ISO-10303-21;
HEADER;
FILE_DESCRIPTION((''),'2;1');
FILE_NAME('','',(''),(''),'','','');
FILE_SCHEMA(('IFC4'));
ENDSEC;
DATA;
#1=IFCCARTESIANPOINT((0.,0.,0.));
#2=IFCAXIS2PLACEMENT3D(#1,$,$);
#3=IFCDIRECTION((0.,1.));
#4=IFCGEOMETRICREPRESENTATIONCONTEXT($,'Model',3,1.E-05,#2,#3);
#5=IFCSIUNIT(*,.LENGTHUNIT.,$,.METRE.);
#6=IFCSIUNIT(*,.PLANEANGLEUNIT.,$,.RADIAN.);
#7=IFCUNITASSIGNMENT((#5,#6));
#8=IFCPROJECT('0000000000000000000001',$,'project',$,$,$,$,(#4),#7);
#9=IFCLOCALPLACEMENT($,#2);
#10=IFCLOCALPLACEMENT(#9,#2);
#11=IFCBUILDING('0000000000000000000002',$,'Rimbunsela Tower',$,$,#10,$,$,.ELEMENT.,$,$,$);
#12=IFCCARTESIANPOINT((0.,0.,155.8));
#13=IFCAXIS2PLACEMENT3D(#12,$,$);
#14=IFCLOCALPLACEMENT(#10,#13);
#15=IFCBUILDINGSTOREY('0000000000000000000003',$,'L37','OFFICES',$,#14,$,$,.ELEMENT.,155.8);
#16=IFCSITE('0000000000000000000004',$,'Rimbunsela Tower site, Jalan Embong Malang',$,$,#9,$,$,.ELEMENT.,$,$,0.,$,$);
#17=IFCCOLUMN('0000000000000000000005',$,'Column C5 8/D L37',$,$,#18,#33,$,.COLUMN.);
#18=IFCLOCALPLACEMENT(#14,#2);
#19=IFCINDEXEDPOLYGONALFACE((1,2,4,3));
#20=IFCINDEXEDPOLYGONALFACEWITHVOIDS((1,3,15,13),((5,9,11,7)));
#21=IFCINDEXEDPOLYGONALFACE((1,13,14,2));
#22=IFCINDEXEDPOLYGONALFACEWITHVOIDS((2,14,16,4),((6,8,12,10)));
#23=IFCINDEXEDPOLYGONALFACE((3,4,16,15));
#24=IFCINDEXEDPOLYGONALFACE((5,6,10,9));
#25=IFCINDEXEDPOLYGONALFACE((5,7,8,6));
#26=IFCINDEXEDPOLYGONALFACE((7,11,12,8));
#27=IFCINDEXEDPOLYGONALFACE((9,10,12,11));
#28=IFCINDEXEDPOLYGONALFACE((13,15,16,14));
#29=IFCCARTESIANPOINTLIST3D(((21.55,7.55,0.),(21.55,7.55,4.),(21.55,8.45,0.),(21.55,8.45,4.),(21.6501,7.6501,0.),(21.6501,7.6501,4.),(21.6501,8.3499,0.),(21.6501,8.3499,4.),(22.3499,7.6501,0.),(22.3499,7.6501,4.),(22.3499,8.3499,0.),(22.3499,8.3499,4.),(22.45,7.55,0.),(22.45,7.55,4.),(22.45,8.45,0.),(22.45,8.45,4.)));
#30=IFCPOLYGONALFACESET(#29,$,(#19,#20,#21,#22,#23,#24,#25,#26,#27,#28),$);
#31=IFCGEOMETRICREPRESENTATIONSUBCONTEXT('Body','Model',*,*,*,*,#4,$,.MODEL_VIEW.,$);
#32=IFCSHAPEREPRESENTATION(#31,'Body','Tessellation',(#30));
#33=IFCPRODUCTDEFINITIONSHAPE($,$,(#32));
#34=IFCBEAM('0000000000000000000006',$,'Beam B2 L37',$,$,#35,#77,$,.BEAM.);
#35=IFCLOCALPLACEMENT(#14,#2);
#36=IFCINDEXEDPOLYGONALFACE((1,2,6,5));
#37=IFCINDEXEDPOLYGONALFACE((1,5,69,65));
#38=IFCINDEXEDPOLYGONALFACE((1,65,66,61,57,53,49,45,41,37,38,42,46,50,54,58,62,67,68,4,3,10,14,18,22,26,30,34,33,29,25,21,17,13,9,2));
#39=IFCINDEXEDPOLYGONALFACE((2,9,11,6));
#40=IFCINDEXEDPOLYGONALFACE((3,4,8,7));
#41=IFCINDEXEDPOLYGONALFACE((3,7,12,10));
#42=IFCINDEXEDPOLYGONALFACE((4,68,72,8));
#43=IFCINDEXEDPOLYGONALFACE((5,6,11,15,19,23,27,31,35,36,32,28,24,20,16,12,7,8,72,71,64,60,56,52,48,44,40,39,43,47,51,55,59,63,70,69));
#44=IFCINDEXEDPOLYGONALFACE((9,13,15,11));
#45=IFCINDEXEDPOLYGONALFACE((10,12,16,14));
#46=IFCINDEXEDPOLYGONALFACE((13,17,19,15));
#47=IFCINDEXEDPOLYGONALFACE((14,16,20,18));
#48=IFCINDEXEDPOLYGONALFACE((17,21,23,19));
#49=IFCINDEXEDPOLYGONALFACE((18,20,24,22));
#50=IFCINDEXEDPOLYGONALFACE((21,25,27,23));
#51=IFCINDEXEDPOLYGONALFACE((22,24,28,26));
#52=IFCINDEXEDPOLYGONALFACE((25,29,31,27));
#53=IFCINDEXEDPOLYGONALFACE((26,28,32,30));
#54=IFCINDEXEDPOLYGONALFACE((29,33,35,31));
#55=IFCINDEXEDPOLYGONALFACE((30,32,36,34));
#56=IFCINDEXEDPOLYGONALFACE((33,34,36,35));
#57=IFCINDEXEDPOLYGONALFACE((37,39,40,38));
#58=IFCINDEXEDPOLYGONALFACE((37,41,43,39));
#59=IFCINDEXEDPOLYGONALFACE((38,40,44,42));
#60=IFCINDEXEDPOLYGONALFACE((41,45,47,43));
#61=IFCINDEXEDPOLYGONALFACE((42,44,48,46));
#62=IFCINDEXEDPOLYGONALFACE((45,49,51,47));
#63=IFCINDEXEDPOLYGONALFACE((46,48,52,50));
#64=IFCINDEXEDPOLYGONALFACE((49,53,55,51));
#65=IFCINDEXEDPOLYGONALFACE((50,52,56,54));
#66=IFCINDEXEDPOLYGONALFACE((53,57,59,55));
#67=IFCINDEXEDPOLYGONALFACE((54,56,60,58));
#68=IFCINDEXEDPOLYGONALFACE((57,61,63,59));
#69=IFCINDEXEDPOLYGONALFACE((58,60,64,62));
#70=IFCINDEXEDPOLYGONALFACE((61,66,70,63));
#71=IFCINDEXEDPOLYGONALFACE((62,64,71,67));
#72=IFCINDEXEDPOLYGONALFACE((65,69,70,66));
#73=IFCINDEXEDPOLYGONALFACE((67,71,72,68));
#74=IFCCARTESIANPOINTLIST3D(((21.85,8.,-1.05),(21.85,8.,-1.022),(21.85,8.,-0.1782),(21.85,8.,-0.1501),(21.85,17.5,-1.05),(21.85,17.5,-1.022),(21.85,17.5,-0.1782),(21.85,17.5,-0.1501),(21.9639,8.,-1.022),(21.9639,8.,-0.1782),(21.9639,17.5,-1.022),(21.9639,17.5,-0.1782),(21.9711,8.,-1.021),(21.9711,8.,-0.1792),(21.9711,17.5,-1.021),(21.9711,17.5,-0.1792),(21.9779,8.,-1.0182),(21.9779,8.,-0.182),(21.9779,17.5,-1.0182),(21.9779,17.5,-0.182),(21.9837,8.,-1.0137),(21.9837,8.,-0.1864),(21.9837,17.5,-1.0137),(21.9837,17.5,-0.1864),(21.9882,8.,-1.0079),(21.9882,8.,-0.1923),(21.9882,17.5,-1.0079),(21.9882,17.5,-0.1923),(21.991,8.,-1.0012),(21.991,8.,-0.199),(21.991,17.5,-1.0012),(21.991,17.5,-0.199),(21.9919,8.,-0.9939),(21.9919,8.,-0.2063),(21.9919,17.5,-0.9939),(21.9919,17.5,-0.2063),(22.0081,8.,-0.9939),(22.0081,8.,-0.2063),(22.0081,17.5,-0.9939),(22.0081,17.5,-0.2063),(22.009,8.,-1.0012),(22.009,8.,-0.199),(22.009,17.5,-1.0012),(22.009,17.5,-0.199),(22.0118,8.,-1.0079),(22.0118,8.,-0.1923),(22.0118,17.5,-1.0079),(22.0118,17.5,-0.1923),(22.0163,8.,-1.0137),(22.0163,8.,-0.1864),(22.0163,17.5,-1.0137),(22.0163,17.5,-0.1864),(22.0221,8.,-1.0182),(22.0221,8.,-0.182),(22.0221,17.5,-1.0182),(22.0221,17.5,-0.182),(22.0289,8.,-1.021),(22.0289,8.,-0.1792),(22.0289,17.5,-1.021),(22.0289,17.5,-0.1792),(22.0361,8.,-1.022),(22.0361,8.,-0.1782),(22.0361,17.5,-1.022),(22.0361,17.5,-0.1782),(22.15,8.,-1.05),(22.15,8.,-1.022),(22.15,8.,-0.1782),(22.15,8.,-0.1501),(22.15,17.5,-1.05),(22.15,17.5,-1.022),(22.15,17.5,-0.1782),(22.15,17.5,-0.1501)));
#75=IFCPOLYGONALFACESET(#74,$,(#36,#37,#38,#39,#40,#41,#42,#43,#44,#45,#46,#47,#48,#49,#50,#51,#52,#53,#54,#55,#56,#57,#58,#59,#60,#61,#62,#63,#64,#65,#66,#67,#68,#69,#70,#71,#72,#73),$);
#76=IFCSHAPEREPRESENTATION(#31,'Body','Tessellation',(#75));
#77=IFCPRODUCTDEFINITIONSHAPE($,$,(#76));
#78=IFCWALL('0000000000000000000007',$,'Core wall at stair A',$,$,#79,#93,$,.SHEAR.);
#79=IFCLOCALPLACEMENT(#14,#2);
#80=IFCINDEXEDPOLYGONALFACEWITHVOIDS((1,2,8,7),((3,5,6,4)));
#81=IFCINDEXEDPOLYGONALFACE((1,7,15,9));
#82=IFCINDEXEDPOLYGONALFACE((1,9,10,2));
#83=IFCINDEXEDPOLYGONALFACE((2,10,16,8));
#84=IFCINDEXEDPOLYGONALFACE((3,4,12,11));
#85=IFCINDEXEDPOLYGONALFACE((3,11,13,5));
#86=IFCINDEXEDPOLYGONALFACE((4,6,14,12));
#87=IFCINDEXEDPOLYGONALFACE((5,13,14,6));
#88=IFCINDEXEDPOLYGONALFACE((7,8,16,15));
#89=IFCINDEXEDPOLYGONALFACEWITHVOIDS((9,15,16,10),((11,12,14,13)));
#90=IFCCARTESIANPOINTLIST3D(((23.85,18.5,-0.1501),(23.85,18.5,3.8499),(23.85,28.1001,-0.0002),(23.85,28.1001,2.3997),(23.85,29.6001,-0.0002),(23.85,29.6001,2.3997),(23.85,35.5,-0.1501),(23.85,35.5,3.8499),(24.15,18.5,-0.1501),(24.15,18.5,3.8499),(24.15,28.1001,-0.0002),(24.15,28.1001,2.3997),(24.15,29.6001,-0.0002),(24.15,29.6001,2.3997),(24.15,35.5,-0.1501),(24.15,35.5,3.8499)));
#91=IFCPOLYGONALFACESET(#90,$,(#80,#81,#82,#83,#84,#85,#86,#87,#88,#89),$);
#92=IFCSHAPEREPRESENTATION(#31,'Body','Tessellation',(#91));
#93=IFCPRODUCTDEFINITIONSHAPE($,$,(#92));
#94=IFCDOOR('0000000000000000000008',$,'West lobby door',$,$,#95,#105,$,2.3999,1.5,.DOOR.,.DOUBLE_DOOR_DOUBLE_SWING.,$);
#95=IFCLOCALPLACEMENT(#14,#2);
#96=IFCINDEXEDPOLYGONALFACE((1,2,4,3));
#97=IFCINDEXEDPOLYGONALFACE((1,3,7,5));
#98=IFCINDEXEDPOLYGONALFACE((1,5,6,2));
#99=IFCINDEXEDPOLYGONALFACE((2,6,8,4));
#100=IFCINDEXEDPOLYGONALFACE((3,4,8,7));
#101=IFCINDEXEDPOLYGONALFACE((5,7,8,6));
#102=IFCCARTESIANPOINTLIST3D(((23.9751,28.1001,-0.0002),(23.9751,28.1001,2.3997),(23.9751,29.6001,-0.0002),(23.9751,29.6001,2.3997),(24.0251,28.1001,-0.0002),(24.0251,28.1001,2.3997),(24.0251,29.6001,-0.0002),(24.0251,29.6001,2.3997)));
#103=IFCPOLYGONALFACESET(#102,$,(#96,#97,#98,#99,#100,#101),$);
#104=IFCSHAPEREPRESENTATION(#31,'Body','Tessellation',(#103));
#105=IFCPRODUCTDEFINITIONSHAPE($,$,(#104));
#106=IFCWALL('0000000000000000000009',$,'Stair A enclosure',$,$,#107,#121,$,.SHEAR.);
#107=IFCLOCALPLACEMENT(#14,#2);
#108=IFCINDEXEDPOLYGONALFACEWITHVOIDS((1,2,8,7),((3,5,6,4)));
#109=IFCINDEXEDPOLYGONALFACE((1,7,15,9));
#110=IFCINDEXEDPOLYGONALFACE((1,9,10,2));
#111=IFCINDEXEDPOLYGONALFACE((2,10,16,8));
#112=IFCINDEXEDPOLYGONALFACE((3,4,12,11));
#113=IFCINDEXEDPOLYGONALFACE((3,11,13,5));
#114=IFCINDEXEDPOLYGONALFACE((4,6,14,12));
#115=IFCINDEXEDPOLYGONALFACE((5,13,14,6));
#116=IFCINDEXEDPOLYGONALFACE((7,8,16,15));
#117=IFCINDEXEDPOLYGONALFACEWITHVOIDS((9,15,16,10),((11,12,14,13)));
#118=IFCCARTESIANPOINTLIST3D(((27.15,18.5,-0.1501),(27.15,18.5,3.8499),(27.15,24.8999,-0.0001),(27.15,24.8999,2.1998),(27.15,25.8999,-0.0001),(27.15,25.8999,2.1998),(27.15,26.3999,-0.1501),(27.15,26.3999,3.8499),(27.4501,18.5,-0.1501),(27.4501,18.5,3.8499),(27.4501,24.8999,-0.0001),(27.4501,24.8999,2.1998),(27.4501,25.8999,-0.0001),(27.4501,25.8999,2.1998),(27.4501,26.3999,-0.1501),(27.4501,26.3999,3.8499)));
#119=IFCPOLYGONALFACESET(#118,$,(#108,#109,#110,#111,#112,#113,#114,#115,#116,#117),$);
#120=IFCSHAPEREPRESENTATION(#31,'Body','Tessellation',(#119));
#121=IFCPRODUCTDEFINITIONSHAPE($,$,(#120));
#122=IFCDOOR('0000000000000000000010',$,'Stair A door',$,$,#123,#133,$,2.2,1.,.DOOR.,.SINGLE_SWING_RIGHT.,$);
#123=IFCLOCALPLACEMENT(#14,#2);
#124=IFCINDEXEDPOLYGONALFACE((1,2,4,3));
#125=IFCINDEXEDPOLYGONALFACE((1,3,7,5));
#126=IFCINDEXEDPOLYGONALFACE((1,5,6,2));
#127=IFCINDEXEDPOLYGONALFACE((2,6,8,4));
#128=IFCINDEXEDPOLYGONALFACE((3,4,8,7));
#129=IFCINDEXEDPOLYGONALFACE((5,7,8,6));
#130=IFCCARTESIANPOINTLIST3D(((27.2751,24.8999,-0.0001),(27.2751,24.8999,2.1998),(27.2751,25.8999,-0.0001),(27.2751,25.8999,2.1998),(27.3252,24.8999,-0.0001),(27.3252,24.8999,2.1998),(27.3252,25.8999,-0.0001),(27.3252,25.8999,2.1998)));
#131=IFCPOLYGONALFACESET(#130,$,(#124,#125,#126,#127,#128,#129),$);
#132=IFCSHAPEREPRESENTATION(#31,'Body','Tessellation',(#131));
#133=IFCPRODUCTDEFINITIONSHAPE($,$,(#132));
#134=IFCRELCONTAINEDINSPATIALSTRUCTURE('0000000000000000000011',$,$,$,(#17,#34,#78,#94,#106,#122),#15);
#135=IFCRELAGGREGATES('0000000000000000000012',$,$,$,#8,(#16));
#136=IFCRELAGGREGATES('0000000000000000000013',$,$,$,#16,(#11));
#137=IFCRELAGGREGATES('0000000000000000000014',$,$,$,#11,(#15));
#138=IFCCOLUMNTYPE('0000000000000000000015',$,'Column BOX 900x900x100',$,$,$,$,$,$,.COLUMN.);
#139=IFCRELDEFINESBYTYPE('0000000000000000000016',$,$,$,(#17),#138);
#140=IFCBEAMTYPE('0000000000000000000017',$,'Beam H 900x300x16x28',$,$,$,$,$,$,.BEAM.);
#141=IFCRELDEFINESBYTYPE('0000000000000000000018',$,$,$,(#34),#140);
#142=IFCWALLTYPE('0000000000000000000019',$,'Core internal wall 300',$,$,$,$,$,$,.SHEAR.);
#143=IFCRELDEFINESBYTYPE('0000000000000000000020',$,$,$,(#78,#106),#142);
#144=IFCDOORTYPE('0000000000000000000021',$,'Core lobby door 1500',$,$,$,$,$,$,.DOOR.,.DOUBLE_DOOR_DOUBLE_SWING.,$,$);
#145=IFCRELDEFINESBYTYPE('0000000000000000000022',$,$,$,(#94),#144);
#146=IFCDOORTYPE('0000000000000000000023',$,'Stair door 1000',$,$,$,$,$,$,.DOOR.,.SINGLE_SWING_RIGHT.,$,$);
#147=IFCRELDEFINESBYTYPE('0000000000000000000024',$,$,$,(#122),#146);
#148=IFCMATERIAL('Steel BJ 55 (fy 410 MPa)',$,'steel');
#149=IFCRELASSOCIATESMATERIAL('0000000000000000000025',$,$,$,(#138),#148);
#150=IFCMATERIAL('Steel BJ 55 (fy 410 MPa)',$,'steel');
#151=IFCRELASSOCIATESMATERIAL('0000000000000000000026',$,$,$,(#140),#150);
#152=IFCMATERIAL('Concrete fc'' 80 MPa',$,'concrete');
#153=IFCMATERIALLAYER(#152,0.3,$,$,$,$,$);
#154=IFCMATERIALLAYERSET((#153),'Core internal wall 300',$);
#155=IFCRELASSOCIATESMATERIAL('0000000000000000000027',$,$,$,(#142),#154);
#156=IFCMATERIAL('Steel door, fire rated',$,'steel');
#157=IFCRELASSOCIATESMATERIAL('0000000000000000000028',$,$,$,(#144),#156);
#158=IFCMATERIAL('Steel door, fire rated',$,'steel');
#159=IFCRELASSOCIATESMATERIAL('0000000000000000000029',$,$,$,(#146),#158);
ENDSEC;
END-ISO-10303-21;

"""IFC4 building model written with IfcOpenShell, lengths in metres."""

from ifc_helpers import new_model, si_unit, direction, frame, frame_2d, origin, origin_2d, place, context, subcontext, project, spatial, rectangle, hollow_rectangle, i_section, extrude, material, layer, layer_set, material_profile, profile_set, type_object, element, fill, save


model = new_model("IFC4")

# Units and contexts
model_context = context("Model", 3, precision=1e-05, world=origin(), true_north=direction((0.0, 1.0)))
body_context = subcontext(model_context, "Body", "Model", "MODEL_VIEW")
ifc_project = project(units=[si_unit("LENGTHUNIT", "METRE"), si_unit("PLANEANGLEUNIT", "RADIAN")], contexts=[model_context])

# Site, building, storey
site_placement = place(None, origin())
site = spatial("IfcSite", under=ifc_project, at=site_placement, Name="Rimbunsela Tower site, Jalan Embong Malang", CompositionType="ELEMENT", RefElevation=0.0)
building_placement = place(site_placement, origin())
building = spatial("IfcBuilding", under=site, at=building_placement, Name="Rimbunsela Tower", CompositionType="ELEMENT")
storey_placement = place(building_placement, frame((0.0, 0.0, 155.8)))
storey = spatial("IfcBuildingStorey", under=building, at=storey_placement, Name="L37", Description="OFFICES", CompositionType="ELEMENT", Elevation=155.8)

# Column
ifc_material_1 = material(Name="Steel BJ 55 (fy 410 MPa)", Category="steel")
ifc_material_profile_1 = material_profile(ifc_material_1, hollow_rectangle(XDim=0.8999, YDim=0.8999, WallThickness=0.1001, at=origin_2d()), Name="BOX 900x900x100")
ifc_profile_set_1 = profile_set([ifc_material_profile_1], Name="Steel BJ 55 (fy 410 MPa)")
column_type = type_object("IfcColumnType", Name="Column BOX 900x900x100", PredefinedType="COLUMN", material=ifc_profile_set_1)
column_placement = place(storey_placement, frame((22.0, 8.0, 0.0), z_axis=(0.0, 0.0, 1.0), x_axis=(1.0, 0.0, 0.0)))
element("IfcColumn", 1, at=column_placement, inside=storey, type_object=column_type, Name="Column C5 8/D L37", PredefinedType="COLUMN", context=body_context, shape_type="SweptSolid", body=[
    extrude(hollow_rectangle(XDim=0.8999, YDim=0.8999, WallThickness=0.1001, at=origin_2d()), origin(), (0.0, 0.0, 1.0), 4.0),
])

# Beam
ifc_material_2 = material(Name="Steel BJ 55 (fy 410 MPa)", Category="steel")
ifc_material_profile_2 = material_profile(ifc_material_2, i_section(OverallWidth=0.3, OverallDepth=0.8999, WebThickness=0.0161, FlangeThickness=0.0281, FilletRadius=0.0281, at=origin_2d()), Name="H 900x300x16x28")
ifc_profile_set_2 = profile_set([ifc_material_profile_2], Name="Steel BJ 55 (fy 410 MPa)")
beam_type = type_object("IfcBeamType", Name="Beam H 900x300x16x28", PredefinedType="BEAM", material=ifc_profile_set_2)
beam_placement = place(storey_placement, frame((22.0, 8.0, -0.6001), z_axis=(0.0, 1.0, 0.0), x_axis=(-1.0, 0.0, 0.0)))
element("IfcBeam", 2, at=beam_placement, inside=storey, type_object=beam_type, Name="Beam B2 L37", PredefinedType="BEAM", context=body_context, shape_type="SweptSolid", body=[
    extrude(i_section(OverallWidth=0.3, OverallDepth=0.8999, WebThickness=0.0161, FlangeThickness=0.0281, FilletRadius=0.0281, at=origin_2d()), origin(), (0.0, 0.0, 1.0), 9.5),
])

# Walls, openings, doors
ifc_material_3 = material(Name="Concrete fc' 80 MPa", Category="concrete")
ifc_layer_1 = layer(ifc_material_3, 0.3)
ifc_layer_set_1 = layer_set([ifc_layer_1], Name="Core internal wall 300")
wall_type_1 = type_object("IfcWallType", Name="Core internal wall 300", PredefinedType="SHEAR", material=ifc_layer_set_1)
wall_1_placement = place(storey_placement, frame((24.0, 18.5, -0.1501), z_axis=(0.0, 0.0, 1.0), x_axis=(0.0, 1.0, 0.0)))
wall_1 = element("IfcWall", 3, at=wall_1_placement, inside=storey, type_object=wall_type_1, Name="Core wall at stair A", PredefinedType="SHEAR", context=body_context, shape_type="SweptSolid", body=[
    extrude(rectangle(XDim=17.0, YDim=0.3, at=frame_2d((8.5, 0.0))), origin(), (0.0, 0.0, 1.0), 4.0),
])
opening_1_placement = place(wall_1_placement, frame((9.6001, 0.0, 0.1499)))
opening_1 = element("IfcOpeningElement", 4, at=opening_1_placement, cuts=wall_1, PredefinedType="OPENING", context=body_context, shape_type="SweptSolid", body=[
    extrude(rectangle(XDim=1.5, YDim=2.3999, at=frame_2d((0.75, 1.2))), frame((0.0, 0.1599, 0.0), z_axis=(0.0, -1.0, 0.0), x_axis=(1.0, 0.0, 0.0)), (0.0, 0.0, 1.0), 0.3201),
])
ifc_material_4 = material(Name="Steel door, fire rated", Category="steel")
door_type_1 = type_object("IfcDoorType", Name="Core lobby door 1500", OperationType="DOUBLE_DOOR_DOUBLE_SWING", PredefinedType="DOOR", material=ifc_material_4)
door_1_placement = place(opening_1_placement, origin())
door_1 = element("IfcDoor", 5, at=door_1_placement, inside=storey, type_object=door_type_1, Name="West lobby door", OperationType="DOUBLE_DOOR_DOUBLE_SWING", OverallHeight=2.3999, OverallWidth=1.5, PredefinedType="DOOR", context=body_context, shape_type="SweptSolid", body=[
    extrude(rectangle(XDim=1.5, YDim=2.3999, at=frame_2d((0.75, 1.2))), frame((0.0, 0.0249, 0.0), z_axis=(0.0, -1.0, 0.0), x_axis=(1.0, 0.0, 0.0)), (0.0, 0.0, 1.0), 0.05),
])
fill(opening_1, door_1)
wall_2_placement = place(storey_placement, frame((27.3, 18.5, -0.1501), z_axis=(0.0, 0.0, 1.0), x_axis=(0.0, 1.0, 0.0)))
wall_2 = element("IfcWall", 6, at=wall_2_placement, inside=storey, type_object=wall_type_1, Name="Stair A enclosure", PredefinedType="SHEAR", context=body_context, shape_type="SweptSolid", body=[
    extrude(rectangle(XDim=7.8999, YDim=0.3, at=frame_2d((3.95, 0.0))), origin(), (0.0, 0.0, 1.0), 4.0),
])
opening_2_placement = place(wall_2_placement, frame((6.3999, 0.0, 0.1499)))
opening_2 = element("IfcOpeningElement", 7, at=opening_2_placement, cuts=wall_2, PredefinedType="OPENING", context=body_context, shape_type="SweptSolid", body=[
    extrude(rectangle(XDim=1.0, YDim=2.2, at=frame_2d((0.5, 1.1001))), frame((0.0, 0.1599, 0.0), z_axis=(0.0, -1.0, 0.0), x_axis=(1.0, 0.0, 0.0)), (0.0, 0.0, 1.0), 0.3201),
])
ifc_material_5 = material(Name="Steel door, fire rated", Category="steel")
door_type_2 = type_object("IfcDoorType", Name="Stair door 1000", OperationType="SINGLE_SWING_RIGHT", PredefinedType="DOOR", material=ifc_material_5)
door_2_placement = place(opening_2_placement, origin())
door_2 = element("IfcDoor", 8, at=door_2_placement, inside=storey, type_object=door_type_2, Name="Stair A door", OperationType="SINGLE_SWING_RIGHT", OverallHeight=2.2, OverallWidth=1.0, PredefinedType="DOOR", context=body_context, shape_type="SweptSolid", body=[
    extrude(rectangle(XDim=1.0, YDim=2.2, at=frame_2d((0.5, 1.1001))), frame((0.0, 0.0249, 0.0), z_axis=(0.0, -1.0, 0.0), x_axis=(1.0, 0.0, 0.0)), (0.0, 0.0, 1.0), 0.05),
])
fill(opening_2, door_2)

save(model, "model.ifc")
